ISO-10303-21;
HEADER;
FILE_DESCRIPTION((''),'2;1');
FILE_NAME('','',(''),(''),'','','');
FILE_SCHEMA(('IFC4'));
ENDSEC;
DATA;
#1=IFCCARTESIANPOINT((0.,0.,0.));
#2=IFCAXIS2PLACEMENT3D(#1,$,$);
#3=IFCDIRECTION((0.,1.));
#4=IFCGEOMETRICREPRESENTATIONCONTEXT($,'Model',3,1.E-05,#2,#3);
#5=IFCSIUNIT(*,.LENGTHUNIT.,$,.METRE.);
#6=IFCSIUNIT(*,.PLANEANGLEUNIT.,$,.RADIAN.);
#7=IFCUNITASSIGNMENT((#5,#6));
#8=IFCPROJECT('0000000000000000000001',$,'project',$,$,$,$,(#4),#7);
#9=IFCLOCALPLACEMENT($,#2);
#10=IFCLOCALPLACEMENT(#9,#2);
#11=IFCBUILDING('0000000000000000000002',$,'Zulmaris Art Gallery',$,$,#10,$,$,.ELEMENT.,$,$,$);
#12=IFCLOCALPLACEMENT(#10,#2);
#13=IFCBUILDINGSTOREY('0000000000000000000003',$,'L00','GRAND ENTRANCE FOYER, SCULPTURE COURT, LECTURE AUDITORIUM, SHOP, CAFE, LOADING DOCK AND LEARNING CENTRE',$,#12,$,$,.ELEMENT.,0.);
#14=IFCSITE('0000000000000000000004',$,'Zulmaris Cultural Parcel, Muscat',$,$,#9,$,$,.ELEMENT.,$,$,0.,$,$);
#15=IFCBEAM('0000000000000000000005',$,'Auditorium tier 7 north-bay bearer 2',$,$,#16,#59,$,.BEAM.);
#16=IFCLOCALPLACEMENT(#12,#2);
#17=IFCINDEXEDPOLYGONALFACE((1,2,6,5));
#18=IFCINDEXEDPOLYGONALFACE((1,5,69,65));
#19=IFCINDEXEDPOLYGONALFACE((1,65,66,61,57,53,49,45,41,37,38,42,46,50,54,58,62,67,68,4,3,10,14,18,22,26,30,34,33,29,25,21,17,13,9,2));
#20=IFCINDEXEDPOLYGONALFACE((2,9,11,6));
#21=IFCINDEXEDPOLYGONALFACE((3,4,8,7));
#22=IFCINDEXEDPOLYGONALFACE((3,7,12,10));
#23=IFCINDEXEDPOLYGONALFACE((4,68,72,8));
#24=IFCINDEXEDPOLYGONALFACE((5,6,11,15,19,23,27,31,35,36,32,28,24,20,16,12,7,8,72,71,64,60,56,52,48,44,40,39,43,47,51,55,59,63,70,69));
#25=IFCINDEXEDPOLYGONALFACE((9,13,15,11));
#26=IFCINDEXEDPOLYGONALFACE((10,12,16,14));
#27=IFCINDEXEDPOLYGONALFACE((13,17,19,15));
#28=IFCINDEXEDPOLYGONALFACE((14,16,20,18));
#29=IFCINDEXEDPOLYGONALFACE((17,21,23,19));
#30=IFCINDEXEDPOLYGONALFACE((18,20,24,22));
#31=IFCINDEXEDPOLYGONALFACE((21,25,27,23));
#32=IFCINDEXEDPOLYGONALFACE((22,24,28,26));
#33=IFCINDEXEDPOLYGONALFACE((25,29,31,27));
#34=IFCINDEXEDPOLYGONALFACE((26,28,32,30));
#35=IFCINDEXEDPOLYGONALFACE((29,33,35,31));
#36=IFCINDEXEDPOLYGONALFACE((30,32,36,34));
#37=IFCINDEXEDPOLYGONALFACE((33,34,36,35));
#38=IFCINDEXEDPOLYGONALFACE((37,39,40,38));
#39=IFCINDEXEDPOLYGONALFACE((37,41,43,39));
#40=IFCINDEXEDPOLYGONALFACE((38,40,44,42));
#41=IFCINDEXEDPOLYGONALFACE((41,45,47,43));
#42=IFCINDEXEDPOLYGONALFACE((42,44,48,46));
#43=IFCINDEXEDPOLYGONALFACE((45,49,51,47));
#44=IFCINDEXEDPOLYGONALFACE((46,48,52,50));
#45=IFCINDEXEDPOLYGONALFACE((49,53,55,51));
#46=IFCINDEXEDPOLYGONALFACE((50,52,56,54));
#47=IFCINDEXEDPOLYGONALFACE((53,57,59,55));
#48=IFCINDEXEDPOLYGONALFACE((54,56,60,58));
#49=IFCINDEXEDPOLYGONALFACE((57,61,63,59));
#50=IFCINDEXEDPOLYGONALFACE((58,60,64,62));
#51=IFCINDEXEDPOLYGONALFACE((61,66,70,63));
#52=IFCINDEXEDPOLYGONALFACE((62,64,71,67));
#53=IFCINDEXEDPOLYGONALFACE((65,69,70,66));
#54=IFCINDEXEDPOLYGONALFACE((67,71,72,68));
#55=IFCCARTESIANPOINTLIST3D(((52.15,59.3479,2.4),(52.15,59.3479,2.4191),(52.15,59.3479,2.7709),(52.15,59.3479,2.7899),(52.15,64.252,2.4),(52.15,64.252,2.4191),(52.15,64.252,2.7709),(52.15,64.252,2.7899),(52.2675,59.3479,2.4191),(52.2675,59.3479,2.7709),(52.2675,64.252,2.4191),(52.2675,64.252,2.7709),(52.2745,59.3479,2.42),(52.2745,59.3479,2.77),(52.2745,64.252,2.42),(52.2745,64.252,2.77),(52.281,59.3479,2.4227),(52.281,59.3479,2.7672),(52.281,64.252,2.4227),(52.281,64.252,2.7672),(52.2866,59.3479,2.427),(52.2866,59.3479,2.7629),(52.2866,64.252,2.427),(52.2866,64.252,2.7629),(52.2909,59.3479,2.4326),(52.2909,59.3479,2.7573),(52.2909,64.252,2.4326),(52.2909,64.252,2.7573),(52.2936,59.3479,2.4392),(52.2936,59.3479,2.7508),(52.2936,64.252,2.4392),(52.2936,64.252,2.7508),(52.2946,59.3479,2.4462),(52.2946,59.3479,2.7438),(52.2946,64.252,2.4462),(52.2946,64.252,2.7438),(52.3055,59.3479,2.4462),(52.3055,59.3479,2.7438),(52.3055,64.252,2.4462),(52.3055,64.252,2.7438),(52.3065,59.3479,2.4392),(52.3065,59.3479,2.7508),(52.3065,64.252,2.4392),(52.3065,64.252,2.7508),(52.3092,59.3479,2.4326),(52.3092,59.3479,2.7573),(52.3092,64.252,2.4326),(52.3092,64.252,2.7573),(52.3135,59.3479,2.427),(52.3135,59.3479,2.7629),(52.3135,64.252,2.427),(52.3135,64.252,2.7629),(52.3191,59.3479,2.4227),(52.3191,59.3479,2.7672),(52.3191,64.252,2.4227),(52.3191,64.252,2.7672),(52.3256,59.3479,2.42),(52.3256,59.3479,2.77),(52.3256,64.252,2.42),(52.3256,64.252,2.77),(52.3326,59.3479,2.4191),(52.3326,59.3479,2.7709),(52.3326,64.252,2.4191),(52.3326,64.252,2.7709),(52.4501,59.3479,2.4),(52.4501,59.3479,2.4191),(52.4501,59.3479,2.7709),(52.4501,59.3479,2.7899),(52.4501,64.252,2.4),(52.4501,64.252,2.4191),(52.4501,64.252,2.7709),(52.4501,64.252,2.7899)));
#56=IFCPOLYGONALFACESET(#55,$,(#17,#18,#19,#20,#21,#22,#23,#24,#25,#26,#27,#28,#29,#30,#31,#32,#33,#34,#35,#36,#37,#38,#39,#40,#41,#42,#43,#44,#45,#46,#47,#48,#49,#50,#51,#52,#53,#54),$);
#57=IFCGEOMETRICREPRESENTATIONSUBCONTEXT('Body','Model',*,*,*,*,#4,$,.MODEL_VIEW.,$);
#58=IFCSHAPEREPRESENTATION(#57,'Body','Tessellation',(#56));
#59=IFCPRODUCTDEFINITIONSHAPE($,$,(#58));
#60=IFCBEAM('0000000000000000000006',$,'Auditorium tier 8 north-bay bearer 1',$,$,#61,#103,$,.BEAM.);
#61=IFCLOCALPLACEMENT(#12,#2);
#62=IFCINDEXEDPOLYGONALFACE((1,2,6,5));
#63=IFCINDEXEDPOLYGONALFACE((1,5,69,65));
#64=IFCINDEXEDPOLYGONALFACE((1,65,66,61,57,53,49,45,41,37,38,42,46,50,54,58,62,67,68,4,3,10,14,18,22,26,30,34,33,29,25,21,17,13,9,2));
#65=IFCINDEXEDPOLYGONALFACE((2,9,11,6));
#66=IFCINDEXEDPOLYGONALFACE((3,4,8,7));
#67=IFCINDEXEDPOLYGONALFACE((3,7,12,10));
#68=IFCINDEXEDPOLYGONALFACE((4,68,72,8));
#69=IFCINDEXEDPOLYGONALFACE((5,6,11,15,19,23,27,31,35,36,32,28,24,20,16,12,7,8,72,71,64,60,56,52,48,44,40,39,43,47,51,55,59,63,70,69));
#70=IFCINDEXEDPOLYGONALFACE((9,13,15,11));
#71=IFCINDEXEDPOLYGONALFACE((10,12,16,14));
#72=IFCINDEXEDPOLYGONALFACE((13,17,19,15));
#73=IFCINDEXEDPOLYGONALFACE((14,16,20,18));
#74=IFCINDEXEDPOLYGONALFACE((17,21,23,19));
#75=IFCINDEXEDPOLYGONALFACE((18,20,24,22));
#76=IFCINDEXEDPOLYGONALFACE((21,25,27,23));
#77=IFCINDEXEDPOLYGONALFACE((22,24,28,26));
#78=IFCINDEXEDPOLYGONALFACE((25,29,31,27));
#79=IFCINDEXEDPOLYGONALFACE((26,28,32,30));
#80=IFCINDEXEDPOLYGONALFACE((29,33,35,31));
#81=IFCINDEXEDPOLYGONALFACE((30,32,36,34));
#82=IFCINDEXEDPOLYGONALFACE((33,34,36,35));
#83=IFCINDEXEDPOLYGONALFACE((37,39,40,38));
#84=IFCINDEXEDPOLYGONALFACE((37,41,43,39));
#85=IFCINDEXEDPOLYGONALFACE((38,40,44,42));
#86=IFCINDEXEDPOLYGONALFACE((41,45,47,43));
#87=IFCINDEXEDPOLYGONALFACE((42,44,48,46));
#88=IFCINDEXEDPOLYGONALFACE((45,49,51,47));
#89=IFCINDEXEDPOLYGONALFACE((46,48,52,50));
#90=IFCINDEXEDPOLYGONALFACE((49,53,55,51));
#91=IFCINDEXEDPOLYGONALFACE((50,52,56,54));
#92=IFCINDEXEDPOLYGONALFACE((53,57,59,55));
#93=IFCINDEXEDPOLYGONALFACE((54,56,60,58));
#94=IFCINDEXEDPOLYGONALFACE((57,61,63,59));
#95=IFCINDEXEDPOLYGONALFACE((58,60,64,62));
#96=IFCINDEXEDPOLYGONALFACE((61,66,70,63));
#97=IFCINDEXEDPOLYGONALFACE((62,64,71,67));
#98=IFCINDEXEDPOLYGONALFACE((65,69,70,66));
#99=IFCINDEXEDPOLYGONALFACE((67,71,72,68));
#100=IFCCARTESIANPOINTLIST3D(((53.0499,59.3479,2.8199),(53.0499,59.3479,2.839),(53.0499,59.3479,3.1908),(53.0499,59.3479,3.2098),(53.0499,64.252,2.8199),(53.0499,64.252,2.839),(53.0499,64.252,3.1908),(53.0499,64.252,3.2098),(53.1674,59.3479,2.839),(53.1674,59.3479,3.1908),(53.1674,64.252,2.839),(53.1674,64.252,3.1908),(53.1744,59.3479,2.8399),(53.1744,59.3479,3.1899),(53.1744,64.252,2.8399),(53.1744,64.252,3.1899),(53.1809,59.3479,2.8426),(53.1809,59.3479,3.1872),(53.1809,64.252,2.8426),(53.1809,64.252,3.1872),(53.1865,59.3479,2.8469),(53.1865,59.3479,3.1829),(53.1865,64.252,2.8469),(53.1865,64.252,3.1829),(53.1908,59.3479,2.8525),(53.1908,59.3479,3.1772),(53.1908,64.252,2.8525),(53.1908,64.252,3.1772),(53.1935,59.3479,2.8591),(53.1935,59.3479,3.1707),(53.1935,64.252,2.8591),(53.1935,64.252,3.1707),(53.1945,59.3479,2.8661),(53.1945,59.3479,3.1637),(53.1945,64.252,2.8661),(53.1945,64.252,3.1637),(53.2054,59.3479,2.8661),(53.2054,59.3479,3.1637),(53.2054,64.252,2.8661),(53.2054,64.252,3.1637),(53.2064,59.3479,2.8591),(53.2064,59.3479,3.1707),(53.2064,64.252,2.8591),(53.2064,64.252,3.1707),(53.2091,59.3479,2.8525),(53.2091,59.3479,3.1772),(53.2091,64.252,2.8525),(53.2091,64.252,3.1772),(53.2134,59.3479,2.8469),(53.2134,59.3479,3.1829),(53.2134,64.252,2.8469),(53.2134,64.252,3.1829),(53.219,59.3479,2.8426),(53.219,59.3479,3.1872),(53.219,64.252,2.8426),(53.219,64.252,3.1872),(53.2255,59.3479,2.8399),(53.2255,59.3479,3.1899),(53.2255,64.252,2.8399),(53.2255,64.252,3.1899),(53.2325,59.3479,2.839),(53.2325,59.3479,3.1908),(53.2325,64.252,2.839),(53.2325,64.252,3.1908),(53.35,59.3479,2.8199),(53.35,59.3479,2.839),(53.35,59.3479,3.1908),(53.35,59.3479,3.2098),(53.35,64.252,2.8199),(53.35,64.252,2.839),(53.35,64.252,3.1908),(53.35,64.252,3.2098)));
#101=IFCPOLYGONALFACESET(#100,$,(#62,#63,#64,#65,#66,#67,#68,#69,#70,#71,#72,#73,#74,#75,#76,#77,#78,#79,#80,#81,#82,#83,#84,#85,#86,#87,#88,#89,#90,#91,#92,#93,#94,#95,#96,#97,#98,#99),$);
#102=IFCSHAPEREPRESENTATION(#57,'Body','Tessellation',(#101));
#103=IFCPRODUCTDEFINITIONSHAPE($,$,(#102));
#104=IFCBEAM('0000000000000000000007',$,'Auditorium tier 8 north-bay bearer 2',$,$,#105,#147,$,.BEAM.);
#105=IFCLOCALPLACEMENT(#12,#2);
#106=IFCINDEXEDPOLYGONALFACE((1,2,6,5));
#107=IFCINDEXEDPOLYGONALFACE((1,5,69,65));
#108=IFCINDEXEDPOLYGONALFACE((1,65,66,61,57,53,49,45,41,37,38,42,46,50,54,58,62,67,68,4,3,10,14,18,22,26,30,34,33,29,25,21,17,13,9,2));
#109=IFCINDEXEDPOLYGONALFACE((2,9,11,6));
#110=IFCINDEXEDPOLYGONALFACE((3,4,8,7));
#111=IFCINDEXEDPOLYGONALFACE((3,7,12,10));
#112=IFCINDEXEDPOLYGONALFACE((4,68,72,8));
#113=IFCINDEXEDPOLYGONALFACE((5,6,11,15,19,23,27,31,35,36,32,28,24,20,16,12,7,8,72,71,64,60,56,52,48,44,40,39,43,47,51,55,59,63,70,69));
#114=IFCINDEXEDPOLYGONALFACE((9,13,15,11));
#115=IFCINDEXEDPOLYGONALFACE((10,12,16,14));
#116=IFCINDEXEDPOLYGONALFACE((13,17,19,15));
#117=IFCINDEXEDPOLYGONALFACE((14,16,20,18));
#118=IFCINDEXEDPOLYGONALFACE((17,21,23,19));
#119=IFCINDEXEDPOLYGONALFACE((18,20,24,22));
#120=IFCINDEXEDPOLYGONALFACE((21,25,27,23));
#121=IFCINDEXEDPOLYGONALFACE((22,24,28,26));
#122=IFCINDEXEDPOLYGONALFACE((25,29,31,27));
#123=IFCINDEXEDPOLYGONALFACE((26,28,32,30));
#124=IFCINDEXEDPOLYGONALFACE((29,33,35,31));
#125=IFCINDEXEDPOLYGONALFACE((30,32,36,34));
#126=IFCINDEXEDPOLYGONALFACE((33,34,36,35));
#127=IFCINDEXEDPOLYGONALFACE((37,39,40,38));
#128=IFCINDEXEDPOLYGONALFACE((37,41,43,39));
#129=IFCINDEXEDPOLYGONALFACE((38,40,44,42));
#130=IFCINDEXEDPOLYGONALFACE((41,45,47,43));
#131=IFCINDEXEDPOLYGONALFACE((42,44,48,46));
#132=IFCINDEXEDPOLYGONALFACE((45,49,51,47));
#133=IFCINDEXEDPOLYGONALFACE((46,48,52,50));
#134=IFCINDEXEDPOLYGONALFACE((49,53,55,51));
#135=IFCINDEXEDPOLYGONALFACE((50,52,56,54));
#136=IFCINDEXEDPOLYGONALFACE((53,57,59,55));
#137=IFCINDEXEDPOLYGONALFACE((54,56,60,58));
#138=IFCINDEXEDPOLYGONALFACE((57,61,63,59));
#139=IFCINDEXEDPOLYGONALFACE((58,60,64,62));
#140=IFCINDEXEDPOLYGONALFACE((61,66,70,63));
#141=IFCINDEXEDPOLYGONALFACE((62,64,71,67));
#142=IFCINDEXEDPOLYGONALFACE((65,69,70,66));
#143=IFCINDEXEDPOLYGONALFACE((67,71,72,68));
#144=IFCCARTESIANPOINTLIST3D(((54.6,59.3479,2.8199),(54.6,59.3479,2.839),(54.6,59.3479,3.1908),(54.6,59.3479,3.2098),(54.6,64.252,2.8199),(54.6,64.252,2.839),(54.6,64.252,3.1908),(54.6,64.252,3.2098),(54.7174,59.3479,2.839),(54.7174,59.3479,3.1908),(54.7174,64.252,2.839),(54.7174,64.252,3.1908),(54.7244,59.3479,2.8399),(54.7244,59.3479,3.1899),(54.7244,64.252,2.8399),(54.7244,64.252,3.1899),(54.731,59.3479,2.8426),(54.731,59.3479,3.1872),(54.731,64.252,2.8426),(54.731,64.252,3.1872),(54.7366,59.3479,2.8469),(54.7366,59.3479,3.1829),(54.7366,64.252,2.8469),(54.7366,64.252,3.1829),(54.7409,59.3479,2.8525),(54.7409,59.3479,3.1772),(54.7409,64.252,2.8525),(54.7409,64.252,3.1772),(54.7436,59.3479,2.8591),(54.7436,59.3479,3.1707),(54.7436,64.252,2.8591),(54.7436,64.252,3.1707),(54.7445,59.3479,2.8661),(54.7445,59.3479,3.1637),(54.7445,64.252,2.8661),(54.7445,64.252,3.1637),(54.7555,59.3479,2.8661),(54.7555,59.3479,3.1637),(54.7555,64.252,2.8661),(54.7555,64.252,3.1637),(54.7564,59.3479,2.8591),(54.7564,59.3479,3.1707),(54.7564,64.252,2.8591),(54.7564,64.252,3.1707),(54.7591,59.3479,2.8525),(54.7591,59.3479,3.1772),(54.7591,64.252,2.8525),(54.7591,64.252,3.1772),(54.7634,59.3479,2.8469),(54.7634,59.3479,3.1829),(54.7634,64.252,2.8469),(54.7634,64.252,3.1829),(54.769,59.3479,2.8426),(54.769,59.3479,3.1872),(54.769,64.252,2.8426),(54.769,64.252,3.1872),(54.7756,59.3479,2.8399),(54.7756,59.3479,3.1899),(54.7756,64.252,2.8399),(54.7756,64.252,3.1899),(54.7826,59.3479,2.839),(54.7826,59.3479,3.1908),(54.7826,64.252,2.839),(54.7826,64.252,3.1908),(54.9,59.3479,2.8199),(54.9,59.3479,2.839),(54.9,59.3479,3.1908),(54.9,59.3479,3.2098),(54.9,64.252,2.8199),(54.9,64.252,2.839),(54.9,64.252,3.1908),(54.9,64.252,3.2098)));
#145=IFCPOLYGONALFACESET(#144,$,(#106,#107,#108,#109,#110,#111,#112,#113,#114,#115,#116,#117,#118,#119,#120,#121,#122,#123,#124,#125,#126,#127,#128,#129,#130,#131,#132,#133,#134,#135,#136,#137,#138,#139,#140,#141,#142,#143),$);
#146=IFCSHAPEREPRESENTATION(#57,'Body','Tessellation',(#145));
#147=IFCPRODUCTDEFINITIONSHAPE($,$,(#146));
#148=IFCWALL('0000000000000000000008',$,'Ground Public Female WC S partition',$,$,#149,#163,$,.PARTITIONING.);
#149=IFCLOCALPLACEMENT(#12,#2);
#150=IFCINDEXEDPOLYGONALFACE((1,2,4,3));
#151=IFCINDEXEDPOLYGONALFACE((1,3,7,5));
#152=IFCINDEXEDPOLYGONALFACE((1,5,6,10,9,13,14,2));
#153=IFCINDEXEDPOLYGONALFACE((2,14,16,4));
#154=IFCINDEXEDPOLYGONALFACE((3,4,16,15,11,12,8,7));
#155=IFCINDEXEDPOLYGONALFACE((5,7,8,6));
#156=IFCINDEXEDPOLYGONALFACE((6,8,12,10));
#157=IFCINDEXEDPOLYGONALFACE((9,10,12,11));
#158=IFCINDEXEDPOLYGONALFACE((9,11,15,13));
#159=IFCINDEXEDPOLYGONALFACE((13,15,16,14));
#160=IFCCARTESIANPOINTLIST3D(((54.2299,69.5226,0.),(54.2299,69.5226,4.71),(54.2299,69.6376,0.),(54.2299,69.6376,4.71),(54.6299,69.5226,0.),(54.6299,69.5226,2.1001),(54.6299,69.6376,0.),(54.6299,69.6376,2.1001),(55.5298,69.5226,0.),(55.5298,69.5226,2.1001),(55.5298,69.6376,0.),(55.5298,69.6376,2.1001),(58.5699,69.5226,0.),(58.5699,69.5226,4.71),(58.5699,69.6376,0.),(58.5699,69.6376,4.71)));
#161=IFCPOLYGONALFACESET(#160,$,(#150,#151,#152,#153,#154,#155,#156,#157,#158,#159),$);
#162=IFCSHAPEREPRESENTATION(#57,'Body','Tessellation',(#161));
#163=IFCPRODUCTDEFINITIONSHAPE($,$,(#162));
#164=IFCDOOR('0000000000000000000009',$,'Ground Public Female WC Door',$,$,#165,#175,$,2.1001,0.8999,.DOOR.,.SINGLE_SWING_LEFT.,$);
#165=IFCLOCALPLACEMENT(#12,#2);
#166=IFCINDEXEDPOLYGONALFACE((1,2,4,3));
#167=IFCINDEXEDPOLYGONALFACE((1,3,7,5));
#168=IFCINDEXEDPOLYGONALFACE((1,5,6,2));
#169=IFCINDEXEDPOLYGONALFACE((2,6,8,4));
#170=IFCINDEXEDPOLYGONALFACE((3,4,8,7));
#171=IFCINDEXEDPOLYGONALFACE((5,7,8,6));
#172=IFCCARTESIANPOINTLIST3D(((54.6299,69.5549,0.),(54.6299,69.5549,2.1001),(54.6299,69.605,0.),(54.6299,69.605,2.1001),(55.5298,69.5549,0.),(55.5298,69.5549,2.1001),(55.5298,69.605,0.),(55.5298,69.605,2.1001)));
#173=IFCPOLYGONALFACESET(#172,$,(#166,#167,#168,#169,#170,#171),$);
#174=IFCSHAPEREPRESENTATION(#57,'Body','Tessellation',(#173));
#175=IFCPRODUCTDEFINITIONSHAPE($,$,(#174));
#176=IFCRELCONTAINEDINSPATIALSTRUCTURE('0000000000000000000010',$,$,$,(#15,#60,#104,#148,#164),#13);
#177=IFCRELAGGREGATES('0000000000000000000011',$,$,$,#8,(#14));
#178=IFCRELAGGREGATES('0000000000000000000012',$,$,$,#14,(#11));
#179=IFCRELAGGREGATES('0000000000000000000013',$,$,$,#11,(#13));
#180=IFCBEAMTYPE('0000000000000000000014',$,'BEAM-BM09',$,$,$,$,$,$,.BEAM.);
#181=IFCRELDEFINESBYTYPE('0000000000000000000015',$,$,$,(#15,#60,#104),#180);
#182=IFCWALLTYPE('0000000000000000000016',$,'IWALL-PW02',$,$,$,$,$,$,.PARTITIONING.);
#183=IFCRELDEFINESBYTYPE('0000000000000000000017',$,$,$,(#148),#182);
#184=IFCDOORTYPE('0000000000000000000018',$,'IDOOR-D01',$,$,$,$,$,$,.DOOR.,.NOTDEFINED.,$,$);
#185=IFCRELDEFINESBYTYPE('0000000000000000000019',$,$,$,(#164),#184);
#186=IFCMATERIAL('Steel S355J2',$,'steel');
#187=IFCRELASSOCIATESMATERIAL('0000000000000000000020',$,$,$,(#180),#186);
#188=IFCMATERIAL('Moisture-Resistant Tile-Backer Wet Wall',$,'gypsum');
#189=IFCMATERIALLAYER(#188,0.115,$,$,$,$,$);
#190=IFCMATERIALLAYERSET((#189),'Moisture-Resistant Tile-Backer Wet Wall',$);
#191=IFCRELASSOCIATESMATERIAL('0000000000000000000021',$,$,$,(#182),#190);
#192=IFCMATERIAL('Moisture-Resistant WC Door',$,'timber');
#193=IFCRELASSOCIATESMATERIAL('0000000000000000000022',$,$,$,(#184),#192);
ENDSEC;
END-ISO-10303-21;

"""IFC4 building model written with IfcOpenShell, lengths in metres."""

from ifc_helpers import new_model, si_unit, direction, frame, frame_2d, origin, origin_2d, place, context, subcontext, project, spatial, rectangle, i_section, extrude, material, layer, layer_set, material_profile, profile_set, type_object, element, fill, save


model = new_model("IFC4")

# Units and contexts
model_context = context("Model", 3, precision=1e-05, world=origin(), true_north=direction((0.0, 1.0)))
body_context = subcontext(model_context, "Body", "Model", "MODEL_VIEW")
ifc_project = project(units=[si_unit("LENGTHUNIT", "METRE"), si_unit("PLANEANGLEUNIT", "RADIAN")], contexts=[model_context])

# Site, building, storey
site_placement = place(None, origin())
site = spatial("IfcSite", under=ifc_project, at=site_placement, Name="Zulmaris Cultural Parcel, Muscat", CompositionType="ELEMENT", RefElevation=0.0)
building_placement = place(site_placement, origin())
building = spatial("IfcBuilding", under=site, at=building_placement, Name="Zulmaris Art Gallery", CompositionType="ELEMENT")
storey_placement = place(building_placement, origin())
storey = spatial("IfcBuildingStorey", under=building, at=storey_placement, Name="L00", Description="GRAND ENTRANCE FOYER, SCULPTURE COURT, LECTURE AUDITORIUM, SHOP, CAFE, LOADING DOCK AND LEARNING CENTRE", CompositionType="ELEMENT", Elevation=0.0)

# Beams
ifc_material_1 = material(Name="Steel S355J2", Category="steel")
ifc_material_profile_1 = material_profile(ifc_material_1, i_section(OverallWidth=0.3, OverallDepth=0.3899, WebThickness=0.011, FlangeThickness=0.019, FilletRadius=0.0271, at=origin_2d()), Name="HEA 400")
ifc_profile_set_1 = profile_set([ifc_material_profile_1], Name="Steel S355J2")
beam_type = type_object("IfcBeamType", Name="BEAM-BM09", PredefinedType="BEAM", material=ifc_profile_set_1)
for number, where, z_axis, x_axis, name in (
    (1, (52.3, 59.3479, 2.595), (0.0, 1.0, 0.0), (-1.0, 0.0, 0.0), "Auditorium tier 7 north-bay bearer 2"),
    (2, (53.2, 59.3479, 3.0149), (0.0, 1.0, 0.0), (-1.0, 0.0, 0.0), "Auditorium tier 8 north-bay bearer 1"),
    (3, (54.75, 59.3479, 3.0149), (0.0, 1.0, 0.0), (-1.0, 0.0, 0.0), "Auditorium tier 8 north-bay bearer 2"),
):
    element("IfcBeam", number, at=place(storey_placement, frame(where, z_axis=z_axis, x_axis=x_axis)), inside=storey, type_object=beam_type, Name=name, PredefinedType="BEAM", context=body_context, shape_type="SweptSolid", body=[
        extrude(i_section(OverallWidth=0.3, OverallDepth=0.3899, WebThickness=0.011, FlangeThickness=0.019, FilletRadius=0.0271, at=origin_2d()), origin(), (0.0, 0.0, 1.0), 4.9041),
    ])

# Wall, opening, door
ifc_material_2 = material(Name="Moisture-Resistant Tile-Backer Wet Wall", Category="gypsum")
ifc_layer_1 = layer(ifc_material_2, 0.115)
ifc_layer_set_1 = layer_set([ifc_layer_1], Name="Moisture-Resistant Tile-Backer Wet Wall")
wall_type_1 = type_object("IfcWallType", Name="IWALL-PW02", PredefinedType="PARTITIONING", material=ifc_layer_set_1)
wall_1_placement = place(storey_placement, frame((54.23, 69.5801, 0.0), z_axis=(0.0, 0.0, 1.0), x_axis=(1.0, 0.0, 0.0)))
wall_1 = element("IfcWall", 4, at=wall_1_placement, inside=storey, type_object=wall_type_1, Name="Ground Public Female WC S partition", PredefinedType="PARTITIONING", context=body_context, shape_type="SweptSolid", body=[
    extrude(rectangle(XDim=4.3401, YDim=0.115, at=frame_2d((2.1699, 0.0))), origin(), (0.0, 0.0, 1.0), 4.71),
])
opening_1_placement = place(wall_1_placement, frame((0.3999, 0.0, 0.0)))
opening_1 = element("IfcOpeningElement", 5, at=opening_1_placement, cuts=wall_1, PredefinedType="OPENING", context=body_context, shape_type="SweptSolid", body=[
    extrude(rectangle(XDim=0.8999, YDim=2.1001, at=frame_2d((0.45, 1.05))), frame((0.0, 0.0674, 0.0), z_axis=(0.0, -1.0, 0.0), x_axis=(1.0, 0.0, 0.0)), (0.0, 0.0, 1.0), 0.135),
])
ifc_material_3 = material(Name="Moisture-Resistant WC Door", Category="timber")
door_type_1 = type_object("IfcDoorType", Name="IDOOR-D01", OperationType="NOTDEFINED", PredefinedType="DOOR", material=ifc_material_3)
door_1_placement = place(opening_1_placement, origin())
door_1 = element("IfcDoor", 6, at=door_1_placement, inside=storey, type_object=door_type_1, Name="Ground Public Female WC Door", OperationType="SINGLE_SWING_LEFT", OverallHeight=2.1001, OverallWidth=0.8999, PredefinedType="DOOR", context=body_context, shape_type="SweptSolid", body=[
    extrude(rectangle(XDim=0.8999, YDim=2.1001, at=frame_2d((0.45, 1.05))), frame((0.0, 0.0249, 0.0), z_axis=(0.0, -1.0, 0.0), x_axis=(1.0, 0.0, 0.0)), (0.0, 0.0, 1.0), 0.05),
])
fill(opening_1, door_1)

save(model, "model.ifc")
